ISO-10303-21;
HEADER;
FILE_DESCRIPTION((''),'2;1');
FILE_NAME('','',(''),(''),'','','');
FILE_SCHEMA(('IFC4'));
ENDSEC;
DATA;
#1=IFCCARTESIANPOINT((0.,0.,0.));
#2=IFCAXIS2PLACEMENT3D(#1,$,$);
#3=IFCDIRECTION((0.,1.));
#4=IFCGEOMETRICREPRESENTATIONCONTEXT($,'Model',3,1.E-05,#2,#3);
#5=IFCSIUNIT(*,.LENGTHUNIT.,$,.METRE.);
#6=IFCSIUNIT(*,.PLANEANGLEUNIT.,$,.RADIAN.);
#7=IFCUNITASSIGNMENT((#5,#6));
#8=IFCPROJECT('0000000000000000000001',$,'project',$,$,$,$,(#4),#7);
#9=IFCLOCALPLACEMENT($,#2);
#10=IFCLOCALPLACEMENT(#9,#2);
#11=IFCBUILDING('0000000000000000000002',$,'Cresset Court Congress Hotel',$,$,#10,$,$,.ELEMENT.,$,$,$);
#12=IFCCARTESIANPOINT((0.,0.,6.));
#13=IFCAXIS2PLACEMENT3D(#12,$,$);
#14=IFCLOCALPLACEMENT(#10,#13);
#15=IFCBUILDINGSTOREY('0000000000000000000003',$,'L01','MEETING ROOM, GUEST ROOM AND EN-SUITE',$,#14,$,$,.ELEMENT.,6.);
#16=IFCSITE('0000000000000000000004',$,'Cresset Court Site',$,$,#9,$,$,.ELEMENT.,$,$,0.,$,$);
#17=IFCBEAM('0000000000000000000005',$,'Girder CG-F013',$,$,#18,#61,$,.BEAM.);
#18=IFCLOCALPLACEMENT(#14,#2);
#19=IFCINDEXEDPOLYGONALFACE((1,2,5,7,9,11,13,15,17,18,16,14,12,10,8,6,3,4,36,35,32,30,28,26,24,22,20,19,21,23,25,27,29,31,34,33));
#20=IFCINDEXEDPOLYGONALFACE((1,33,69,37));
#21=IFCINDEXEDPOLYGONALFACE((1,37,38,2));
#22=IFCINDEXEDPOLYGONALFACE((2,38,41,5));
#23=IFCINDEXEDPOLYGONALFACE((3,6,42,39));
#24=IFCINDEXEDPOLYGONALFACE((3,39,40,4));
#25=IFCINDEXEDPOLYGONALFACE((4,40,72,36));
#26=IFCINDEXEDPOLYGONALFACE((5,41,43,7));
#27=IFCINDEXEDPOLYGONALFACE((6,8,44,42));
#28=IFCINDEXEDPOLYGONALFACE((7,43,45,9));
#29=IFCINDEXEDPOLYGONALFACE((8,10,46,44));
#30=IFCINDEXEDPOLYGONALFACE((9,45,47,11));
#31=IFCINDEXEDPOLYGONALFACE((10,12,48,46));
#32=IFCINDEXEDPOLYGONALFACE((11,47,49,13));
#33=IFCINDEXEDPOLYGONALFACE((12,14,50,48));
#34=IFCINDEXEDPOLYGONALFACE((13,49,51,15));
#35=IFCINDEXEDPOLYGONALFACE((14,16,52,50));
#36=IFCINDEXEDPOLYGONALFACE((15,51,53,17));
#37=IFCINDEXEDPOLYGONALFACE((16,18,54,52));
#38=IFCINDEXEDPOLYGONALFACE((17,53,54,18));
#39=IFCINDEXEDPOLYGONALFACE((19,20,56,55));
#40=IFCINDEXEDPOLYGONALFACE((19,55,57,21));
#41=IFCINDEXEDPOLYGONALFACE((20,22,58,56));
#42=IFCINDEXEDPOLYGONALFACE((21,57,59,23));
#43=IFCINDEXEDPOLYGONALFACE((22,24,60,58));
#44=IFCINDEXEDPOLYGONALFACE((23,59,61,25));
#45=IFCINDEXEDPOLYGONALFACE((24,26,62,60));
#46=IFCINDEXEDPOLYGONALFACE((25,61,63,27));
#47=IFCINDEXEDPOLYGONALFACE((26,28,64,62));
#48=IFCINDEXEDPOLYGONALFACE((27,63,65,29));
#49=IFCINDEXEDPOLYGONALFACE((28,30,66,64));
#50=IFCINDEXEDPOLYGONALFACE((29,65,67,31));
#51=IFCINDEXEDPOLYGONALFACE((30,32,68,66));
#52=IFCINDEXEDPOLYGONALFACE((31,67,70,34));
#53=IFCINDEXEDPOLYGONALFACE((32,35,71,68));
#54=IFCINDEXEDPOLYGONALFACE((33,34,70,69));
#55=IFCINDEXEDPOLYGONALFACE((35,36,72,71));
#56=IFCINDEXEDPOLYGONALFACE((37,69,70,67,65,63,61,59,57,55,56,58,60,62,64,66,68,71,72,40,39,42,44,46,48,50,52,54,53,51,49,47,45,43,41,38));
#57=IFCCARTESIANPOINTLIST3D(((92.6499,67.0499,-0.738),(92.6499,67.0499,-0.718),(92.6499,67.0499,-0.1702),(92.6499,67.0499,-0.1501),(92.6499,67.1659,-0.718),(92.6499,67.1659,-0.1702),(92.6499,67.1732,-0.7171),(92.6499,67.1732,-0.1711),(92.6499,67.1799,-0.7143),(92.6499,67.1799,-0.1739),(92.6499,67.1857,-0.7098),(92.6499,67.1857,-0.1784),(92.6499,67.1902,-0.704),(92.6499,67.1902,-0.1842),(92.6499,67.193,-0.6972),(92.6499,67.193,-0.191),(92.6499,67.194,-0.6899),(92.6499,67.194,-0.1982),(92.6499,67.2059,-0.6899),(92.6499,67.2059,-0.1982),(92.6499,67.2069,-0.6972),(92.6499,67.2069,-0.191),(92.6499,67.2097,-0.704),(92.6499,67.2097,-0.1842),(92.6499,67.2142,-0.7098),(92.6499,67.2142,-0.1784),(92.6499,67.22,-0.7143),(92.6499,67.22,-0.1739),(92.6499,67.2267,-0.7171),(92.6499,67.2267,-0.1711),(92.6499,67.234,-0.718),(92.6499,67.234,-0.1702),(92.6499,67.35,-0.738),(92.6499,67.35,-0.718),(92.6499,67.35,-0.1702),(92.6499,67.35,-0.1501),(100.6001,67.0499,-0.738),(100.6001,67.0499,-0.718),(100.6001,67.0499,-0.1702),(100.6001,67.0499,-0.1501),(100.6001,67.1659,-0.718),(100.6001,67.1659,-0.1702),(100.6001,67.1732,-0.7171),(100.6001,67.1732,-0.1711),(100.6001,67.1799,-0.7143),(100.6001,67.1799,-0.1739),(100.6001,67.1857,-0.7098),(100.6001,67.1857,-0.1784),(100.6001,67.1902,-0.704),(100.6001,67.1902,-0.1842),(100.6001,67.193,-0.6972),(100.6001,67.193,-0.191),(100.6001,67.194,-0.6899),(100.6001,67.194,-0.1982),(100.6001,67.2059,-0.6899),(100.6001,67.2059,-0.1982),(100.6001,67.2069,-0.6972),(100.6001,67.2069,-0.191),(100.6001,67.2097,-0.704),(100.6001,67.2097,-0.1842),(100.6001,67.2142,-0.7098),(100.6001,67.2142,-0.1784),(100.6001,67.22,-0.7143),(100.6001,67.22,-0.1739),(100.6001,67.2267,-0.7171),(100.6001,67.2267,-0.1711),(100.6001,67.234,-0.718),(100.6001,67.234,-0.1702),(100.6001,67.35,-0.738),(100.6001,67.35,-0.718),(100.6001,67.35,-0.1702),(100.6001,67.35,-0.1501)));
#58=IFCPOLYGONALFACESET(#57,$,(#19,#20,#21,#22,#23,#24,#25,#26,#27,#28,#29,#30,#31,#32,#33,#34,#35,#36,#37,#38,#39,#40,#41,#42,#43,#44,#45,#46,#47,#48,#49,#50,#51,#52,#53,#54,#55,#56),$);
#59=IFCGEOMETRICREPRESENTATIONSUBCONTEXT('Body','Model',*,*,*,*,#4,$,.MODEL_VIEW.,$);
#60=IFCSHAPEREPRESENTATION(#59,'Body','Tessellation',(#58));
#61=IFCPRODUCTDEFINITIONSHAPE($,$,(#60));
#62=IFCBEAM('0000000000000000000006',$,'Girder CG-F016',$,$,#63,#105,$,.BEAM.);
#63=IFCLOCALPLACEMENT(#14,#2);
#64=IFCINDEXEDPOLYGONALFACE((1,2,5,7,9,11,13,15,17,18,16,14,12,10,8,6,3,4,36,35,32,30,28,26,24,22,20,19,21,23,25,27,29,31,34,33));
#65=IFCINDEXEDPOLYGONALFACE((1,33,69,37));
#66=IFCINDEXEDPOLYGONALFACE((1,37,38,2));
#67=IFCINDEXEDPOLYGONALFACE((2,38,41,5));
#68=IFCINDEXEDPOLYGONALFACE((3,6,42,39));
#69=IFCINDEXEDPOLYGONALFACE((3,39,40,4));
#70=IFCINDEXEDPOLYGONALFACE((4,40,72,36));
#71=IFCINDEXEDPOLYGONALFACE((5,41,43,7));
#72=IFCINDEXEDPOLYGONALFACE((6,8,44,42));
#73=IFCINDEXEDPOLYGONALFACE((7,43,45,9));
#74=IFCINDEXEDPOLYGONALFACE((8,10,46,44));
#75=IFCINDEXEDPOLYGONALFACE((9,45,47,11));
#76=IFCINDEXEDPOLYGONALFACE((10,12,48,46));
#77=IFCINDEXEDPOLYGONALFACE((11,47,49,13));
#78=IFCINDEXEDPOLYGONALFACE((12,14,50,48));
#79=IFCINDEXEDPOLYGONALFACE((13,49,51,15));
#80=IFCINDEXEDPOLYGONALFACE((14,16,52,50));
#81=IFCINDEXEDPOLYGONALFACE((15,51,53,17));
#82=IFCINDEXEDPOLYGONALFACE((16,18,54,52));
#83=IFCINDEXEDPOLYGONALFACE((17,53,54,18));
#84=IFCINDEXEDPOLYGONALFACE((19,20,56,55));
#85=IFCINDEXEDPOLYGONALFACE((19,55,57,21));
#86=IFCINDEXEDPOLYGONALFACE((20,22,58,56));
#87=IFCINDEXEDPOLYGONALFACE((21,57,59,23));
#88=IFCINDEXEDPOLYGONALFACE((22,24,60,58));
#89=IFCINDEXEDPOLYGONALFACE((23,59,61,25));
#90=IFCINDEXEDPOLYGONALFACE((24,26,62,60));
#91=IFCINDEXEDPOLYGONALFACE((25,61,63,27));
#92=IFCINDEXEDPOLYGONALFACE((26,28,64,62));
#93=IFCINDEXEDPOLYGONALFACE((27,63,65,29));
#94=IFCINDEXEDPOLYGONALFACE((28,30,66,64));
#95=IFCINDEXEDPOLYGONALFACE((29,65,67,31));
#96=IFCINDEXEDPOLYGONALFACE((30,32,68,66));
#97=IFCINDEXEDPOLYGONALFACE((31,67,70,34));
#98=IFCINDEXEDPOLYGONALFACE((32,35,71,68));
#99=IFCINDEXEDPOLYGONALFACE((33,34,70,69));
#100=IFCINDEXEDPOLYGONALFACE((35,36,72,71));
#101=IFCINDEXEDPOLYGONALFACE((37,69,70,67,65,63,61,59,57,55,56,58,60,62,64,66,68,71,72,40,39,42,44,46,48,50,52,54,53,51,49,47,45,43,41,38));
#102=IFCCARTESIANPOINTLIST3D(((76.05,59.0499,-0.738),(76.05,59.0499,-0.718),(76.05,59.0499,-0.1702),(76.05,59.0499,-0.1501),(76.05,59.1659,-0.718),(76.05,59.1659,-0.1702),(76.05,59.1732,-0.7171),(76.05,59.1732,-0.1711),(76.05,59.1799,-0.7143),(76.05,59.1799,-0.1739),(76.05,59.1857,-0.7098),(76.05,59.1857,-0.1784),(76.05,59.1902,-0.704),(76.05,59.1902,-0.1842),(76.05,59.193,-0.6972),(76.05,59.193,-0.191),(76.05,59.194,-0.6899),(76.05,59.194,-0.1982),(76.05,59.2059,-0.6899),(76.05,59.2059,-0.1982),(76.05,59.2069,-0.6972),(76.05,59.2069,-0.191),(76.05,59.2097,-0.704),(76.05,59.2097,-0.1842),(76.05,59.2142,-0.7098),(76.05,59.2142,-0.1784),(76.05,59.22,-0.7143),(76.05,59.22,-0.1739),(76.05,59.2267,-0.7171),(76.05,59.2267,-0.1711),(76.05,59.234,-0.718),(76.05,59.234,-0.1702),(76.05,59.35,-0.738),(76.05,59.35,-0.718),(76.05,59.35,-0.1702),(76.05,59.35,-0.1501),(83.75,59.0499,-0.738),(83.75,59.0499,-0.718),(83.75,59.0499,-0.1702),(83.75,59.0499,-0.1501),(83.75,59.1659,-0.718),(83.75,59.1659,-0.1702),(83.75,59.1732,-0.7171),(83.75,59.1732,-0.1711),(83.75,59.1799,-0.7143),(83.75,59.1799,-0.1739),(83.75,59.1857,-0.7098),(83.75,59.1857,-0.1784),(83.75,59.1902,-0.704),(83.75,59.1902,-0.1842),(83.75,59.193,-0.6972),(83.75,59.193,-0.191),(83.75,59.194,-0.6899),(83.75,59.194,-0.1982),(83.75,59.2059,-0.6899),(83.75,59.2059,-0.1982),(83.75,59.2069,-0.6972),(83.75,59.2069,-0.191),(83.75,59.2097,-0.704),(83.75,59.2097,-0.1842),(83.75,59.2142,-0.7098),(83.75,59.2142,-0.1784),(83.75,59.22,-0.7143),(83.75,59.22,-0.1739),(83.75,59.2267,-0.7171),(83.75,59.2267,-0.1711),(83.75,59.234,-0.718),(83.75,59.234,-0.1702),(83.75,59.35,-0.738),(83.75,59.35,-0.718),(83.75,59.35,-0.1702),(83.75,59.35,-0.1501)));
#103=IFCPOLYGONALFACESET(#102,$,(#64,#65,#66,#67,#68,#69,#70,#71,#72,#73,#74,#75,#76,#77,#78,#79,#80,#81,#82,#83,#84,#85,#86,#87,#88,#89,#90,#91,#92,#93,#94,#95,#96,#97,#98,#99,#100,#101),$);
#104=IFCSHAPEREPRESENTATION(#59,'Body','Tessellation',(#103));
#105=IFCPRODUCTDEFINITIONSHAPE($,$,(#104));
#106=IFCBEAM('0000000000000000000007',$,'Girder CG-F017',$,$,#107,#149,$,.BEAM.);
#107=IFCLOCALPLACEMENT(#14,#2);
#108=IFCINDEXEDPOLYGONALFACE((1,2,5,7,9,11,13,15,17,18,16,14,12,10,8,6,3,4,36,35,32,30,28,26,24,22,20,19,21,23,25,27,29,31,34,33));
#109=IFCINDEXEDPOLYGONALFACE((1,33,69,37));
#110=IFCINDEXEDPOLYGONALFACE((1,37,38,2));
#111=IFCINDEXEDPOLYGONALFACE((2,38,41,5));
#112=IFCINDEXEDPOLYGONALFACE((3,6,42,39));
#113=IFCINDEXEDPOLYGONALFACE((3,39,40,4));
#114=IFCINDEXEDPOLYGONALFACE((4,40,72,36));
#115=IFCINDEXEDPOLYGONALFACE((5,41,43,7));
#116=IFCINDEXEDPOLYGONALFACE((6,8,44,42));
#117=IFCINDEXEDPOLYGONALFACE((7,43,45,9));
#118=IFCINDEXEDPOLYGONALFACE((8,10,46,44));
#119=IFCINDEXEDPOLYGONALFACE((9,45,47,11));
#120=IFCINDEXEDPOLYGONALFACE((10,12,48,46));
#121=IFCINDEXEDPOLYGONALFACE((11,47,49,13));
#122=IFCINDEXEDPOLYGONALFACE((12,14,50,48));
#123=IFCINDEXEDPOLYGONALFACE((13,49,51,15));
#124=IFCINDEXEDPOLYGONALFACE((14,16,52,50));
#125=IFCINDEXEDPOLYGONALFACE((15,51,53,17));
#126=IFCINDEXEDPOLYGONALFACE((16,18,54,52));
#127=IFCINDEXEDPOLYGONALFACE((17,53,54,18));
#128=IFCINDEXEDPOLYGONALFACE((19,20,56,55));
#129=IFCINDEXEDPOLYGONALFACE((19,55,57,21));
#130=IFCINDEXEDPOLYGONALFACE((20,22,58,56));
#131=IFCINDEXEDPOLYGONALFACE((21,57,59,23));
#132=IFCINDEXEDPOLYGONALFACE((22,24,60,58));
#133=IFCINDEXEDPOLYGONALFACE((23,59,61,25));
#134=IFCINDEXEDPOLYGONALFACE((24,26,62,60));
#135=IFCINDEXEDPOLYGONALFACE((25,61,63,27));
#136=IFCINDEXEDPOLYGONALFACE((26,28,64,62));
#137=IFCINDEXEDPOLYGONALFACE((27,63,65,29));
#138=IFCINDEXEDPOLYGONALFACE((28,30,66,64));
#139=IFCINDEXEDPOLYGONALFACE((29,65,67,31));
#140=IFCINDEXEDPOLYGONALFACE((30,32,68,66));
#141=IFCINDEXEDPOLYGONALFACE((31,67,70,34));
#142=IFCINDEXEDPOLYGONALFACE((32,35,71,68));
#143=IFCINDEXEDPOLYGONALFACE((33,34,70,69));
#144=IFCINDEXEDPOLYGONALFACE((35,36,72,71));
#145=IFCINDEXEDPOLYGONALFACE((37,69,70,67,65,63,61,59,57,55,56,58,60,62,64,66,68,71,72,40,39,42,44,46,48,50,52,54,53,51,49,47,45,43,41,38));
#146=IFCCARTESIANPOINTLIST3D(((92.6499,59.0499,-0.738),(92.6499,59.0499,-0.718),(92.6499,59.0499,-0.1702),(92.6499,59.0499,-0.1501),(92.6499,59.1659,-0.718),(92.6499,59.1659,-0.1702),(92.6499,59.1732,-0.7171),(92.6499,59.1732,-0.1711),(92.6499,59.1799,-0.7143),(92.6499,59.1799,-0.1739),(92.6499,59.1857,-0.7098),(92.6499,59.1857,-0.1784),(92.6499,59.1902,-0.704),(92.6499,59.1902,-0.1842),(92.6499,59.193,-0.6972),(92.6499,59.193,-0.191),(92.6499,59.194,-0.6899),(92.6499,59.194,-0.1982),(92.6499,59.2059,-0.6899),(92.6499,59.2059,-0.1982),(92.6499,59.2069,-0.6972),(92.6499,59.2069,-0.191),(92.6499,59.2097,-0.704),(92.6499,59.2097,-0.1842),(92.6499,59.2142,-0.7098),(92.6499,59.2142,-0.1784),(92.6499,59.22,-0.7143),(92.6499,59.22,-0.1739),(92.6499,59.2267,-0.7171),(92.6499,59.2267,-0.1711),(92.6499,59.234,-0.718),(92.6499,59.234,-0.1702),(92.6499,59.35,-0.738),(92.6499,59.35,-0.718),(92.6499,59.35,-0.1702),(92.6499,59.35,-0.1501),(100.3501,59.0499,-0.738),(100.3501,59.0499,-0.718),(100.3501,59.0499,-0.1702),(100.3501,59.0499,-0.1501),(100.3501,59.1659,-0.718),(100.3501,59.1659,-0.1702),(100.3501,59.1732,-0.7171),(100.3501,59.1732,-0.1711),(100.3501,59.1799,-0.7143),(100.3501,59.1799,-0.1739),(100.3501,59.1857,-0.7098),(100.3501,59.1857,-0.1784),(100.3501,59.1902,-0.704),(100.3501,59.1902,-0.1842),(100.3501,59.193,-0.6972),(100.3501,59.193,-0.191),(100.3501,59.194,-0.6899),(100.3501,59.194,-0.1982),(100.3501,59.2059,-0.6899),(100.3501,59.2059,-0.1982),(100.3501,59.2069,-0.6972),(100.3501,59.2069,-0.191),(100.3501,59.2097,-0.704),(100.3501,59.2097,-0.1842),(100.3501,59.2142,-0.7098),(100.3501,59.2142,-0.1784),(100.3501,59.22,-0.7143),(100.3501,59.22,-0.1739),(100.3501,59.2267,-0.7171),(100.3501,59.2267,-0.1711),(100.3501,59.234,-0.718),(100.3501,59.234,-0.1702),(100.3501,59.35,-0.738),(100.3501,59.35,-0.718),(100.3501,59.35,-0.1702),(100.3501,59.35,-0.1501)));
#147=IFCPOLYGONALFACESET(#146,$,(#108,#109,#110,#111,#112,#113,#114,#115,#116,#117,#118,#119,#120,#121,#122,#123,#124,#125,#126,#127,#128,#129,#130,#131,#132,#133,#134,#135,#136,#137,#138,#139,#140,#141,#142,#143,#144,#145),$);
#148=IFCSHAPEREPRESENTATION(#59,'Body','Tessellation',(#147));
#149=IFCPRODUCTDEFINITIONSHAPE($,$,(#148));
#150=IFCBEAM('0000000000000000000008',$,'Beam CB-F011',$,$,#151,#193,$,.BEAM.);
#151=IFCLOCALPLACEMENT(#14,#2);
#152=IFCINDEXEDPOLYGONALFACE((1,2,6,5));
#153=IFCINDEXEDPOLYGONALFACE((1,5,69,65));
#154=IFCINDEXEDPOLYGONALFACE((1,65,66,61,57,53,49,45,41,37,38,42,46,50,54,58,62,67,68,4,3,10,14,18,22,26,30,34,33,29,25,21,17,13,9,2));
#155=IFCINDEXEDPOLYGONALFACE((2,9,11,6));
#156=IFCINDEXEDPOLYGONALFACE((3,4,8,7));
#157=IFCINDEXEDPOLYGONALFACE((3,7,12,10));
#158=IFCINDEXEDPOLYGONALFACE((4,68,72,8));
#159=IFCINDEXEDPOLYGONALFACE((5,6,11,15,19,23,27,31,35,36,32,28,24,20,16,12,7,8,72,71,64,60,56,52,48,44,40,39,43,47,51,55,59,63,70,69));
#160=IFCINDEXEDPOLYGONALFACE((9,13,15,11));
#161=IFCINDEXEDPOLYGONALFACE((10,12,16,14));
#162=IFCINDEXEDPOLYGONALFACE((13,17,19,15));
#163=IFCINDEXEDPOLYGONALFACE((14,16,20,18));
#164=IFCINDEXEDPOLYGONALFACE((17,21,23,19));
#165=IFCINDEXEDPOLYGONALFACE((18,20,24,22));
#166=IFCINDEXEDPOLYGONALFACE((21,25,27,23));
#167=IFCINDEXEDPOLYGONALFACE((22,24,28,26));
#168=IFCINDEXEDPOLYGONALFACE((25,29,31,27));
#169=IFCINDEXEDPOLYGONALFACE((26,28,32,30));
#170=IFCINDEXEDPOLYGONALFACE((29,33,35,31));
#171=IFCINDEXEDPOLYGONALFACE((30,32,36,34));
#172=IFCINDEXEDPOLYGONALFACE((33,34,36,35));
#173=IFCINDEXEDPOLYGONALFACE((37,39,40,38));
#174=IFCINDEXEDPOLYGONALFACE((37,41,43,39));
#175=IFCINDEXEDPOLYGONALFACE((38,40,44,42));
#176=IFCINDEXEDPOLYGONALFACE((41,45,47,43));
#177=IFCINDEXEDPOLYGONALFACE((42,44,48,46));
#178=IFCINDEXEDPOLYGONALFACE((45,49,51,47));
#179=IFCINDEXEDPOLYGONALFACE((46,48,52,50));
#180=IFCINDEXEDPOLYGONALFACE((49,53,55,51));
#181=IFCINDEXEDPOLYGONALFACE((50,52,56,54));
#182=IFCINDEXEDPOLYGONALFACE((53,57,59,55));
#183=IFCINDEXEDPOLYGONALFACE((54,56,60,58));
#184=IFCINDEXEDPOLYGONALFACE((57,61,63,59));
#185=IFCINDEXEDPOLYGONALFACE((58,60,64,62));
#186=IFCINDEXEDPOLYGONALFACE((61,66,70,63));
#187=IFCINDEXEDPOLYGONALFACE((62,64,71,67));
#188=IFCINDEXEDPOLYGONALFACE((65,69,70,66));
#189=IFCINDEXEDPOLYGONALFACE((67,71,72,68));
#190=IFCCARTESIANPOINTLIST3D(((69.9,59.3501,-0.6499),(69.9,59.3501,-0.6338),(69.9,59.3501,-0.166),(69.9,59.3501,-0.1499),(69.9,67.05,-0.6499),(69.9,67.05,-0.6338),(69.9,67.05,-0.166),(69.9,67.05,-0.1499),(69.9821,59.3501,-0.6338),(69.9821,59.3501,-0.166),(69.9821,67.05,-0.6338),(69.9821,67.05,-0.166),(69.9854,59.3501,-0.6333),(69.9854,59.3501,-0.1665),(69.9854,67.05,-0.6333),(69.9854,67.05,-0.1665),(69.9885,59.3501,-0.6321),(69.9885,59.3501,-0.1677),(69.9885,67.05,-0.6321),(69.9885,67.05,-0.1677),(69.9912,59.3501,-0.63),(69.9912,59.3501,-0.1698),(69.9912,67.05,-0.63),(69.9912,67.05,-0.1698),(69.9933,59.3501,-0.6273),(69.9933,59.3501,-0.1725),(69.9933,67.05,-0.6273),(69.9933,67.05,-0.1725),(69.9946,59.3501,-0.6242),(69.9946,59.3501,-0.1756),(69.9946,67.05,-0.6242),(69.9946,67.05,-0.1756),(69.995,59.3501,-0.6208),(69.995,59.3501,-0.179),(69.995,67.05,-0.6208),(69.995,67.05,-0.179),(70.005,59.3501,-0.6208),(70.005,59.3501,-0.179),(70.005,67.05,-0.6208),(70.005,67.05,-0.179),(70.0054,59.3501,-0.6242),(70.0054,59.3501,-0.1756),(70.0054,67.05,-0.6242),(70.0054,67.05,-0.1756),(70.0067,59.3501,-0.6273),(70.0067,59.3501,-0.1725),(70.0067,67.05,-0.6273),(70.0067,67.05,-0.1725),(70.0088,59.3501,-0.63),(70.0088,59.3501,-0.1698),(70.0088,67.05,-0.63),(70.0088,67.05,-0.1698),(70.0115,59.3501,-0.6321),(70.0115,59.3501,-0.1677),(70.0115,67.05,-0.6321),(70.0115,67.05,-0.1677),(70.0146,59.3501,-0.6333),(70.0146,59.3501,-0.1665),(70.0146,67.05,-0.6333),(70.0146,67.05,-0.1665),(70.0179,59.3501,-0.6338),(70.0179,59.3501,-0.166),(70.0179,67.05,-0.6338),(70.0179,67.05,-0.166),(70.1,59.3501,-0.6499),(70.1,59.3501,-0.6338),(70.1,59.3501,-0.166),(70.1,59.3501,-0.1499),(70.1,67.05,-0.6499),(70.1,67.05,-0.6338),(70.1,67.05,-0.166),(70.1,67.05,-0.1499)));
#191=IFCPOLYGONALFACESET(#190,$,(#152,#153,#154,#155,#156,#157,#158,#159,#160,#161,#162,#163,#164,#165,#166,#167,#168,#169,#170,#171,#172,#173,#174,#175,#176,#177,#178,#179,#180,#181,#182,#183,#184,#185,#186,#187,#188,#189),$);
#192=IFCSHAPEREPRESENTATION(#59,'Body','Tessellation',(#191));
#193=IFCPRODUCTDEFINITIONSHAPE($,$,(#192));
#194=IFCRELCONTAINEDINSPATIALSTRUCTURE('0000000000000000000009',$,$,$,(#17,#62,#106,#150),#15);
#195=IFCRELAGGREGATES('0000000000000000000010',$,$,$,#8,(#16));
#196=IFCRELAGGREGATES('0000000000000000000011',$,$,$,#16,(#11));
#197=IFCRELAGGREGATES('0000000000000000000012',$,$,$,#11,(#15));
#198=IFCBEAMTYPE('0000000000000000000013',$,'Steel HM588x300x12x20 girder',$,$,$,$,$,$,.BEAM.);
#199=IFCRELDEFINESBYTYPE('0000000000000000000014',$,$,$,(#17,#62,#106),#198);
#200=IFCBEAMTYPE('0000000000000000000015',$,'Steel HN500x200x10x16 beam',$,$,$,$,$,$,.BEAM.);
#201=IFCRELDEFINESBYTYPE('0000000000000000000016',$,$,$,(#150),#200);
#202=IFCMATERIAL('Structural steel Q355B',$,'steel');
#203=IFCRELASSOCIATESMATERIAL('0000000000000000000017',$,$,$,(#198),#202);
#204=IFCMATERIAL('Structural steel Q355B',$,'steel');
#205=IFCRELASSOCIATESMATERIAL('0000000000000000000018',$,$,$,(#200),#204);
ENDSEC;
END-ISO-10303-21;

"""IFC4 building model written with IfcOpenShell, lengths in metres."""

from ifc_helpers import new_model, si_unit, direction, frame, origin, origin_2d, place, context, subcontext, project, spatial, i_section, extrude, material, material_profile, profile_set, type_object, element, save


model = new_model("IFC4")

# Units and contexts
model_context = context("Model", 3, precision=1e-05, world=origin(), true_north=direction((0.0, 1.0)))
body_context = subcontext(model_context, "Body", "Model", "MODEL_VIEW")
ifc_project = project(units=[si_unit("LENGTHUNIT", "METRE"), si_unit("PLANEANGLEUNIT", "RADIAN")], contexts=[model_context])

# Site, building, storey
site_placement = place(None, origin())
site = spatial("IfcSite", under=ifc_project, at=site_placement, Name="Cresset Court Site", CompositionType="ELEMENT", RefElevation=0.0)
building_placement = place(site_placement, origin())
building = spatial("IfcBuilding", under=site, at=building_placement, Name="Cresset Court Congress Hotel", CompositionType="ELEMENT")
storey_placement = place(building_placement, frame((0.0, 0.0, 6.0)))
storey = spatial("IfcBuildingStorey", under=building, at=storey_placement, Name="L01", Description="MEETING ROOM, GUEST ROOM AND EN-SUITE", CompositionType="ELEMENT", Elevation=6.0)

# Beams
ifc_material_1 = material(Name="Structural steel Q355B", Category="steel")
ifc_material_profile_1 = material_profile(ifc_material_1, i_section(OverallWidth=0.3, OverallDepth=0.5879, WebThickness=0.012, FlangeThickness=0.02, FilletRadius=0.0281, at=origin_2d()), Name="HM588x300x12x20")
ifc_profile_set_1 = profile_set([ifc_material_profile_1], Name="Structural steel Q355B")
beam_type_1 = type_object("IfcBeamType", Name="Steel HM588x300x12x20 girder", PredefinedType="BEAM", material=ifc_profile_set_1)
beam_1_placement = place(storey_placement, frame((92.6499, 67.2, -0.4441), z_axis=(1.0, 0.0, 0.0), x_axis=(0.0, 1.0, 0.0)))
element("IfcBeam", 1, at=beam_1_placement, inside=storey, type_object=beam_type_1, Name="Girder CG-F013", PredefinedType="BEAM", context=body_context, shape_type="SweptSolid", body=[
    extrude(i_section(OverallWidth=0.3, OverallDepth=0.5879, WebThickness=0.012, FlangeThickness=0.02, FilletRadius=0.0281, at=origin_2d()), origin(), (0.0, 0.0, 1.0), 7.9502),
])
beam_2_placement = place(storey_placement, frame((76.05, 59.2, -0.4441), z_axis=(1.0, 0.0, 0.0), x_axis=(0.0, 1.0, 0.0)))
element("IfcBeam", 2, at=beam_2_placement, inside=storey, type_object=beam_type_1, Name="Girder CG-F016", PredefinedType="BEAM", context=body_context, shape_type="SweptSolid", body=[
    extrude(i_section(OverallWidth=0.3, OverallDepth=0.5879, WebThickness=0.012, FlangeThickness=0.02, FilletRadius=0.0281, at=origin_2d()), origin(), (0.0, 0.0, 1.0), 7.7),
])
beam_3_placement = place(storey_placement, frame((92.6499, 59.2, -0.4441), z_axis=(1.0, 0.0, 0.0), x_axis=(0.0, 1.0, 0.0)))
element("IfcBeam", 3, at=beam_3_placement, inside=storey, type_object=beam_type_1, Name="Girder CG-F017", PredefinedType="BEAM", context=body_context, shape_type="SweptSolid", body=[
    extrude(i_section(OverallWidth=0.3, OverallDepth=0.5879, WebThickness=0.012, FlangeThickness=0.02, FilletRadius=0.0281, at=origin_2d()), origin(), (0.0, 0.0, 1.0), 7.7002),
])
ifc_material_2 = material(Name="Structural steel Q355B", Category="steel")
ifc_material_profile_2 = material_profile(ifc_material_2, i_section(OverallWidth=0.2, OverallDepth=0.5, WebThickness=0.01, FlangeThickness=0.0161, FilletRadius=0.0129, at=origin_2d()), Name="HN500x200x10x16")
ifc_profile_set_2 = profile_set([ifc_material_profile_2], Name="Structural steel Q355B")
beam_type_2 = type_object("IfcBeamType", Name="Steel HN500x200x10x16 beam", PredefinedType="BEAM", material=ifc_profile_set_2)
for number, where, z_axis, x_axis, name in (
    (4, (70.0, 59.3501, -0.3999), (0.0, 1.0, 0.0), (-1.0, 0.0, 0.0), "Beam CB-F011"),
):
    element("IfcBeam", number, at=place(storey_placement, frame(where, z_axis=z_axis, x_axis=x_axis)), inside=storey, type_object=beam_type_2, Name=name, PredefinedType="BEAM", context=body_context, shape_type="SweptSolid", body=[
        extrude(i_section(OverallWidth=0.2, OverallDepth=0.5, WebThickness=0.01, FlangeThickness=0.0161, FilletRadius=0.0129, at=origin_2d()), origin(), (0.0, 0.0, 1.0), 7.7),
    ])

save(model, "model.ifc")
